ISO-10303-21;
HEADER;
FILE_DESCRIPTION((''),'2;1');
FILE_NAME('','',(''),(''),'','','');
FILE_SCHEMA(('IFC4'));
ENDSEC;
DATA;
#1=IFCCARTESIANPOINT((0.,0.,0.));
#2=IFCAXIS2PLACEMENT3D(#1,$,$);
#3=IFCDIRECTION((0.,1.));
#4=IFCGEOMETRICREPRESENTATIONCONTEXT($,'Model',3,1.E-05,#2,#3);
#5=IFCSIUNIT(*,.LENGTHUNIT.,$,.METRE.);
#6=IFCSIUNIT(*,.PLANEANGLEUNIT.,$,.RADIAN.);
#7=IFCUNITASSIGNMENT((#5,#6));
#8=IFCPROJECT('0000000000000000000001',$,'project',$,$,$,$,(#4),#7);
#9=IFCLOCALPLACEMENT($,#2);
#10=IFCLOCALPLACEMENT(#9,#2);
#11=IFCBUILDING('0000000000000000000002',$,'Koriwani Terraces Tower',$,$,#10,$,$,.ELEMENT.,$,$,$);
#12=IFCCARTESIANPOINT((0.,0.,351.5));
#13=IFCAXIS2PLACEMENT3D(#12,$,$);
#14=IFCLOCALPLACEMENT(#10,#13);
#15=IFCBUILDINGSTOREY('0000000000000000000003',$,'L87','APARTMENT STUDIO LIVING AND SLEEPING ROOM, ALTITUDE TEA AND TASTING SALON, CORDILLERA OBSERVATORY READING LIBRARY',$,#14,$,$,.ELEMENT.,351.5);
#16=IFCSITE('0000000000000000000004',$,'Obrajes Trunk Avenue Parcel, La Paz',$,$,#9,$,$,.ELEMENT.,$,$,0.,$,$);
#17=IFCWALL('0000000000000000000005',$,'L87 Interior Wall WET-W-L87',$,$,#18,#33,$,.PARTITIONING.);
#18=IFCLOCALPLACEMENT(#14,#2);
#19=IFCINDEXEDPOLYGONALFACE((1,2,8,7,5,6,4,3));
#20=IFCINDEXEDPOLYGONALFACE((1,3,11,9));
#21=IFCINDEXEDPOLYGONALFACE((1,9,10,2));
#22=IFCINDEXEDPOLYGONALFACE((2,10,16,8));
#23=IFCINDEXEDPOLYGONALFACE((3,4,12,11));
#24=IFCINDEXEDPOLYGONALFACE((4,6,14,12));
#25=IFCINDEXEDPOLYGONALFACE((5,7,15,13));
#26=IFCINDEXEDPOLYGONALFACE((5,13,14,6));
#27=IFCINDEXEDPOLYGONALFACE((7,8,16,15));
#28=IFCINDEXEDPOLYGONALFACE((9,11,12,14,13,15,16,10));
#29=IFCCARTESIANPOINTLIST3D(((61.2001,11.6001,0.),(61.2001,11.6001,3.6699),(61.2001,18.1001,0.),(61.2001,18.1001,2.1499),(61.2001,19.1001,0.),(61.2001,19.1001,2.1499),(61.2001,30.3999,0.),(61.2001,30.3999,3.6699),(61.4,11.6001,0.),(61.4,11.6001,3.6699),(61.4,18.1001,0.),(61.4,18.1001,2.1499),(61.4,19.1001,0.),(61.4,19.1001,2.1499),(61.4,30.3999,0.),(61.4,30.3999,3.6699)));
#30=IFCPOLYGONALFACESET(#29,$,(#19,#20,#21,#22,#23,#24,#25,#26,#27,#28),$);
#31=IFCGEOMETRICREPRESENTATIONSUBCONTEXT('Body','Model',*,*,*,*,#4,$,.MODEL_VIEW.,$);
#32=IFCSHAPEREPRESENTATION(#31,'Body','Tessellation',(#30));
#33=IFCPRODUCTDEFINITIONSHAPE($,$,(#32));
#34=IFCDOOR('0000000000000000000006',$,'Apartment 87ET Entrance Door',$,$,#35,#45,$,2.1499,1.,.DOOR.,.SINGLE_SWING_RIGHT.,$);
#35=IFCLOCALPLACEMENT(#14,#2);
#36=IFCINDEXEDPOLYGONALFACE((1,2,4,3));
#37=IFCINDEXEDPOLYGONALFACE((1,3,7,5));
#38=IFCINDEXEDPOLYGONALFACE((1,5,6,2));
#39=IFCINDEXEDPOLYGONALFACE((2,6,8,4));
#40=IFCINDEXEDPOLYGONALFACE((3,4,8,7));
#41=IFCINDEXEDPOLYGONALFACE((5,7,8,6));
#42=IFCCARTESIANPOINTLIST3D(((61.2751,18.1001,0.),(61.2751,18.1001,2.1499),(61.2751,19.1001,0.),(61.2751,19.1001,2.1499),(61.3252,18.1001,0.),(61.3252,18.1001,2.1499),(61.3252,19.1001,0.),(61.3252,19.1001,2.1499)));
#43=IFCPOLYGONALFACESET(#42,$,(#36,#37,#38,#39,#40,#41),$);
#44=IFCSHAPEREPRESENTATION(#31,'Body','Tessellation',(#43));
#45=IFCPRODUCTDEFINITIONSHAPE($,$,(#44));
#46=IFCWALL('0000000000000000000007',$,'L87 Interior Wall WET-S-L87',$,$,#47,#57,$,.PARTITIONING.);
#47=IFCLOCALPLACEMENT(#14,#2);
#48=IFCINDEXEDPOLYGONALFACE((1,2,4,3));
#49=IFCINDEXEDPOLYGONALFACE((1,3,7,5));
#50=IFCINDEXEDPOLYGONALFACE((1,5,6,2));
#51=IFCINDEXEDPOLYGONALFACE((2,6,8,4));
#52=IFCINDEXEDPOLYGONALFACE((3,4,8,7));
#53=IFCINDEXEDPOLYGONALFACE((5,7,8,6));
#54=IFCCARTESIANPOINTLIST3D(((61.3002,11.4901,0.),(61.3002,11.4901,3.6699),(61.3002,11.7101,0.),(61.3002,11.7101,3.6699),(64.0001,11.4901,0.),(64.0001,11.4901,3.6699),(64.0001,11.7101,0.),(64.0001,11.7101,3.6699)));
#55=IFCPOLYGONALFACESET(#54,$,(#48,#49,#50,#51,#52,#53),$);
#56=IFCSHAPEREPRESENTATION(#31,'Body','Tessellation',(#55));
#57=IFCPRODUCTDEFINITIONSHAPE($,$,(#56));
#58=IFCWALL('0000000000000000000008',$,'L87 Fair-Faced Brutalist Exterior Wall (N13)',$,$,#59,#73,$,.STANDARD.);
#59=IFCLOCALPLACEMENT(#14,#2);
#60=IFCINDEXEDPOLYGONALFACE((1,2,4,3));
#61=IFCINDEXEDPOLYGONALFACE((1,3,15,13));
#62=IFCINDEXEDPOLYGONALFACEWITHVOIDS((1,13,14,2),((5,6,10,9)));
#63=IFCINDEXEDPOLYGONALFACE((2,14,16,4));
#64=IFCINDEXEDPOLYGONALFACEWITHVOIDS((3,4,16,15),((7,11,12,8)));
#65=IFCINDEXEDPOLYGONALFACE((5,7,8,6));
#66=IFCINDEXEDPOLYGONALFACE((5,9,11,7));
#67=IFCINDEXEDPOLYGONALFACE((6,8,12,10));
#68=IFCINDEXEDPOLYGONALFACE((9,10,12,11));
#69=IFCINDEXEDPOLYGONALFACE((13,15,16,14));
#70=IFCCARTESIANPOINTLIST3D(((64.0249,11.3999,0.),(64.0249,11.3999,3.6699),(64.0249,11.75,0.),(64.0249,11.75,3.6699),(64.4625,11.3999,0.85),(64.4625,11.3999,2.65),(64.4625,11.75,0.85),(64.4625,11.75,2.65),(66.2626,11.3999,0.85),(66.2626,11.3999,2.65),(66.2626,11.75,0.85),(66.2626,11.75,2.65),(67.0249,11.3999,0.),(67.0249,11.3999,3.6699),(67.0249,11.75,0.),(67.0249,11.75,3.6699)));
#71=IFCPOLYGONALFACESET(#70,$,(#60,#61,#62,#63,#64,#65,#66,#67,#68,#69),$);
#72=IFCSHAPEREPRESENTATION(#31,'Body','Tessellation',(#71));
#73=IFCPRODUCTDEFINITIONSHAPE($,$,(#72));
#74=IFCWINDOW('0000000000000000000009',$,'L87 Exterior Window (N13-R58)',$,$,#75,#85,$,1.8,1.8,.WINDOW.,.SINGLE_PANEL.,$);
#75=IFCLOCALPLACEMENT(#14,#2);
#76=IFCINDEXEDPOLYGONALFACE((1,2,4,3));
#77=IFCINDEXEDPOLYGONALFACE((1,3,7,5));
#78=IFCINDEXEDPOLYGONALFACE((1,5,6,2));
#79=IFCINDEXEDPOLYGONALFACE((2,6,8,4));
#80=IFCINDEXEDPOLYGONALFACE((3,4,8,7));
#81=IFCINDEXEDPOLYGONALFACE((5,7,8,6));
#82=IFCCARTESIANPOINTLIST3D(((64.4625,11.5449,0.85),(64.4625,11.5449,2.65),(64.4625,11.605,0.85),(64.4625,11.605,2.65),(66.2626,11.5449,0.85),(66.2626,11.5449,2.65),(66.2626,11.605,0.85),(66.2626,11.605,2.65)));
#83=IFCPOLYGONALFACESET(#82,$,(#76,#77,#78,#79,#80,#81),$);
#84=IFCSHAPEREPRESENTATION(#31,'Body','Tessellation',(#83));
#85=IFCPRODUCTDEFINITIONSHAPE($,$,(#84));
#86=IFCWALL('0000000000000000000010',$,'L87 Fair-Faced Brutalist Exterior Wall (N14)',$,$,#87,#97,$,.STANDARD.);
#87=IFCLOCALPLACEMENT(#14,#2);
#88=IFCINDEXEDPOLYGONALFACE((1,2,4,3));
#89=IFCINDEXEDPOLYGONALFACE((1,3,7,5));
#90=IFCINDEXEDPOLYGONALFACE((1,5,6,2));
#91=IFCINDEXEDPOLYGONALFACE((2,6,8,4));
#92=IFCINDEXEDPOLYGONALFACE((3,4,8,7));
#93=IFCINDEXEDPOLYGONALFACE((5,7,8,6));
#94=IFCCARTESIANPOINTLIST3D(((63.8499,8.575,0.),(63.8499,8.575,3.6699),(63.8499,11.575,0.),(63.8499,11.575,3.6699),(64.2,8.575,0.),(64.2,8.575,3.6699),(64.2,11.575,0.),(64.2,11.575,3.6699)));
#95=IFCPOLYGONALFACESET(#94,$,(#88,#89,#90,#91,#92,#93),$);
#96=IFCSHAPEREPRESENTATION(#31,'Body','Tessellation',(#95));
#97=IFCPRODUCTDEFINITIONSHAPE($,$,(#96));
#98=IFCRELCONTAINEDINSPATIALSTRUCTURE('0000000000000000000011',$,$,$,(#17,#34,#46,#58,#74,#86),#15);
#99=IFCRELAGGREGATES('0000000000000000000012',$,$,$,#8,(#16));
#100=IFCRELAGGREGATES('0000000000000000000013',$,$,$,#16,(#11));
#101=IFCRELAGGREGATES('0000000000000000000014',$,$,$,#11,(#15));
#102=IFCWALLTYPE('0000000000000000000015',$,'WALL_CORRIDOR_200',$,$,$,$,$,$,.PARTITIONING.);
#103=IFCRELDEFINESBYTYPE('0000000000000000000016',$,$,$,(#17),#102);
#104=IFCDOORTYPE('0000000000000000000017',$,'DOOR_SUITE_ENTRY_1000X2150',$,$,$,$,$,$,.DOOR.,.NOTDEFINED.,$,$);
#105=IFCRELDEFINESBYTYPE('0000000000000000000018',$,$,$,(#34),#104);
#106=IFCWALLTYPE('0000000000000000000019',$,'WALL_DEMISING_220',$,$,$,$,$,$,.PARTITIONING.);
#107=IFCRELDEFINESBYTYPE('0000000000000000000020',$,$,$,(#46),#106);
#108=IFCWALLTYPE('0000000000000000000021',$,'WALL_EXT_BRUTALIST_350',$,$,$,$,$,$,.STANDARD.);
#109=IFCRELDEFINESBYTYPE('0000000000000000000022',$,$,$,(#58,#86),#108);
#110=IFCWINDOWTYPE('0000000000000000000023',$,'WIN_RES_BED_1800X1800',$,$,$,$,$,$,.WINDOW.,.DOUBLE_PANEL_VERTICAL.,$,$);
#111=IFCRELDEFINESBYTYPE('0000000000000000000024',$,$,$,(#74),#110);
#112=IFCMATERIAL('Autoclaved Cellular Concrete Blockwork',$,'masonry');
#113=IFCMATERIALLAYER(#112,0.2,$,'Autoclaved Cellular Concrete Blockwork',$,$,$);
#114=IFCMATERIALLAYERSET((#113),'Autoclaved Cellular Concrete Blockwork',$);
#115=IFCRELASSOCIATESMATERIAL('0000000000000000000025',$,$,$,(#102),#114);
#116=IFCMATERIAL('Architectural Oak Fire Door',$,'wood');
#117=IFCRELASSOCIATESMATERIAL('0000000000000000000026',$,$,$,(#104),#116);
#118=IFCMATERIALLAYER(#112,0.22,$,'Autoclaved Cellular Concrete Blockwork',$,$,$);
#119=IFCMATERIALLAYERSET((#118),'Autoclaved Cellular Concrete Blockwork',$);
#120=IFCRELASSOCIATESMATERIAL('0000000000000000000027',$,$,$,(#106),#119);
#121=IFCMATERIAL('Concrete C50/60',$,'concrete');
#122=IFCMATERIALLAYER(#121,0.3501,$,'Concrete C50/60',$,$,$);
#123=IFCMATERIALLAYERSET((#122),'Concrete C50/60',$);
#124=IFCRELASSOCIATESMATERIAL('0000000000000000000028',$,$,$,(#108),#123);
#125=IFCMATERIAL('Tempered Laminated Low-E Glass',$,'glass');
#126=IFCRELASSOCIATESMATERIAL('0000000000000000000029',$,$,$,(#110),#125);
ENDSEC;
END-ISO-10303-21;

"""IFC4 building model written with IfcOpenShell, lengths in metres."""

from ifc_helpers import new_model, si_unit, direction, frame, frame_2d, origin, place, context, subcontext, project, spatial, rectangle, extrude, material, layer, layer_set, type_object, element, fill, save


model = new_model("IFC4")

# Units and contexts
model_context = context("Model", 3, precision=1e-05, world=origin(), true_north=direction((0.0, 1.0)))
body_context = subcontext(model_context, "Body", "Model", "MODEL_VIEW")
ifc_project = project(units=[si_unit("LENGTHUNIT", "METRE"), si_unit("PLANEANGLEUNIT", "RADIAN")], contexts=[model_context])

# Site, building, storey
site_placement = place(None, origin())
site = spatial("IfcSite", under=ifc_project, at=site_placement, Name="Obrajes Trunk Avenue Parcel, La Paz", CompositionType="ELEMENT", RefElevation=0.0)
building_placement = place(site_placement, origin())
building = spatial("IfcBuilding", under=site, at=building_placement, Name="Koriwani Terraces Tower", CompositionType="ELEMENT")
storey_placement = place(building_placement, frame((0.0, 0.0, 351.5)))
storey = spatial("IfcBuildingStorey", under=building, at=storey_placement, Name="L87", Description="APARTMENT STUDIO LIVING AND SLEEPING ROOM, ALTITUDE TEA AND TASTING SALON, CORDILLERA OBSERVATORY READING LIBRARY", CompositionType="ELEMENT", Elevation=351.5)

# Shared definitions
ifc_material_1 = material(Name="Concrete C50/60", Category="concrete")

# Wall, opening, door
ifc_material_2 = material(Name="Autoclaved Cellular Concrete Blockwork", Category="masonry")
ifc_layer_1 = layer(ifc_material_2, 0.2, Name="Autoclaved Cellular Concrete Blockwork")
ifc_layer_set_1 = layer_set([ifc_layer_1], Name="Autoclaved Cellular Concrete Blockwork")
wall_type_1 = type_object("IfcWallType", Name="WALL_CORRIDOR_200", PredefinedType="PARTITIONING", material=ifc_layer_set_1)
ifc_material_3 = material(Name="Architectural Oak Fire Door", Category="wood")
wall_1_placement = place(storey_placement, frame((61.3, 11.6001, 0.0), z_axis=(0.0, 0.0, 1.0), x_axis=(0.0, 1.0, 0.0)))
wall_1 = element("IfcWall", 1, at=wall_1_placement, inside=storey, type_object=wall_type_1, Name="L87 Interior Wall WET-W-L87", PredefinedType="PARTITIONING", context=body_context, shape_type="SweptSolid", body=[
    extrude(rectangle(XDim=18.7998, YDim=0.2, at=frame_2d((9.3999, 0.0))), origin(), (0.0, 0.0, 1.0), 3.6699),
])
opening_1_placement = place(wall_1_placement, frame((6.5, 0.0, 0.0)))
opening_1 = element("IfcOpeningElement", 2, at=opening_1_placement, cuts=wall_1, PredefinedType="OPENING", context=body_context, shape_type="SweptSolid", body=[
    extrude(rectangle(XDim=1.0, YDim=2.1499, at=frame_2d((0.5, 1.075))), frame((0.0, 0.1099, 0.0), z_axis=(0.0, -1.0, 0.0), x_axis=(1.0, 0.0, 0.0)), (0.0, 0.0, 1.0), 0.22),
])
door_type_1 = type_object("IfcDoorType", Name="DOOR_SUITE_ENTRY_1000X2150", OperationType="NOTDEFINED", PredefinedType="DOOR", material=ifc_material_3)
door_1_placement = place(opening_1_placement, origin())
door_1 = element("IfcDoor", 3, at=door_1_placement, inside=storey, type_object=door_type_1, Name="Apartment 87ET Entrance Door", OperationType="SINGLE_SWING_RIGHT", OverallHeight=2.1499, OverallWidth=1.0, PredefinedType="DOOR", context=body_context, shape_type="SweptSolid", body=[
    extrude(rectangle(XDim=1.0, YDim=2.1499, at=frame_2d((0.5, 1.075))), frame((0.0, 0.0249, 0.0), z_axis=(0.0, -1.0, 0.0), x_axis=(1.0, 0.0, 0.0)), (0.0, 0.0, 1.0), 0.05),
])
fill(opening_1, door_1)

# Wall
ifc_layer_2 = layer(ifc_material_2, 0.22, Name="Autoclaved Cellular Concrete Blockwork")
ifc_layer_set_2 = layer_set([ifc_layer_2], Name="Autoclaved Cellular Concrete Blockwork")
wall_type_2 = type_object("IfcWallType", Name="WALL_DEMISING_220", PredefinedType="PARTITIONING", material=ifc_layer_set_2)
wall_2_placement = place(storey_placement, frame((61.3, 11.6001, 0.0), z_axis=(0.0, 0.0, 1.0), x_axis=(1.0, 0.0, 0.0)))
element("IfcWall", 4, at=wall_2_placement, inside=storey, type_object=wall_type_2, Name="L87 Interior Wall WET-S-L87", PredefinedType="PARTITIONING", context=body_context, shape_type="SweptSolid", body=[
    extrude(rectangle(XDim=2.7, YDim=0.22, at=frame_2d((1.3501, 0.0))), origin(), (0.0, 0.0, 1.0), 3.6699),
])

# Wall, opening, window
ifc_layer_3 = layer(ifc_material_1, 0.3501, Name="Concrete C50/60")
ifc_layer_set_3 = layer_set([ifc_layer_3], Name="Concrete C50/60")
wall_type_3 = type_object("IfcWallType", Name="WALL_EXT_BRUTALIST_350", PredefinedType="STANDARD", material=ifc_layer_set_3)
wall_3_placement = place(storey_placement, frame((67.0249, 11.575, 0.0), z_axis=(0.0, 0.0, 1.0), x_axis=(-1.0, 0.0, 0.0)))
wall_3 = element("IfcWall", 5, at=wall_3_placement, inside=storey, type_object=wall_type_3, Name="L87 Fair-Faced Brutalist Exterior Wall (N13)", PredefinedType="STANDARD", context=body_context, shape_type="SweptSolid", body=[
    extrude(rectangle(XDim=3.0, YDim=0.3501, at=frame_2d((1.5, 0.0))), origin(), (0.0, 0.0, 1.0), 3.6699),
])
opening_2_placement = place(wall_3_placement, frame((0.7625, 0.0, 0.8501)))
opening_2 = element("IfcOpeningElement", 6, at=opening_2_placement, cuts=wall_3, PredefinedType="OPENING", context=body_context, shape_type="SweptSolid", body=[
    extrude(rectangle(XDim=1.8, YDim=1.8, at=frame_2d((0.8999, 0.8999))), frame((0.0, 0.1851, 0.0), z_axis=(0.0, -1.0, 0.0), x_axis=(1.0, 0.0, 0.0)), (0.0, 0.0, 1.0), 0.3701),
])
ifc_material_4 = material(Name="Tempered Laminated Low-E Glass", Category="glass")
window_type_1 = type_object("IfcWindowType", Name="WIN_RES_BED_1800X1800", PartitioningType="DOUBLE_PANEL_VERTICAL", PredefinedType="WINDOW", material=ifc_material_4)
window_1_placement = place(opening_2_placement, origin())
window_1 = element("IfcWindow", 7, at=window_1_placement, inside=storey, type_object=window_type_1, Name="L87 Exterior Window (N13-R58)", OverallHeight=1.8, OverallWidth=1.8, PartitioningType="SINGLE_PANEL", PredefinedType="WINDOW", context=body_context, shape_type="SweptSolid", body=[
    extrude(rectangle(XDim=1.8, YDim=1.8, at=frame_2d((0.8999, 0.8999))), frame((0.0, 0.03, 0.0), z_axis=(0.0, -1.0, 0.0), x_axis=(1.0, 0.0, 0.0)), (0.0, 0.0, 1.0), 0.0601),
])
fill(opening_2, window_1)

# Wall
wall_4_placement = place(storey_placement, frame((64.0249, 11.575, 0.0), z_axis=(0.0, 0.0, 1.0), x_axis=(0.0, -1.0, 0.0)))
element("IfcWall", 8, at=wall_4_placement, inside=storey, type_object=wall_type_3, Name="L87 Fair-Faced Brutalist Exterior Wall (N14)", PredefinedType="STANDARD", context=body_context, shape_type="SweptSolid", body=[
    extrude(rectangle(XDim=3.0, YDim=0.3501, at=frame_2d((1.5, 0.0))), origin(), (0.0, 0.0, 1.0), 3.6699),
])

save(model, "model.ifc")
